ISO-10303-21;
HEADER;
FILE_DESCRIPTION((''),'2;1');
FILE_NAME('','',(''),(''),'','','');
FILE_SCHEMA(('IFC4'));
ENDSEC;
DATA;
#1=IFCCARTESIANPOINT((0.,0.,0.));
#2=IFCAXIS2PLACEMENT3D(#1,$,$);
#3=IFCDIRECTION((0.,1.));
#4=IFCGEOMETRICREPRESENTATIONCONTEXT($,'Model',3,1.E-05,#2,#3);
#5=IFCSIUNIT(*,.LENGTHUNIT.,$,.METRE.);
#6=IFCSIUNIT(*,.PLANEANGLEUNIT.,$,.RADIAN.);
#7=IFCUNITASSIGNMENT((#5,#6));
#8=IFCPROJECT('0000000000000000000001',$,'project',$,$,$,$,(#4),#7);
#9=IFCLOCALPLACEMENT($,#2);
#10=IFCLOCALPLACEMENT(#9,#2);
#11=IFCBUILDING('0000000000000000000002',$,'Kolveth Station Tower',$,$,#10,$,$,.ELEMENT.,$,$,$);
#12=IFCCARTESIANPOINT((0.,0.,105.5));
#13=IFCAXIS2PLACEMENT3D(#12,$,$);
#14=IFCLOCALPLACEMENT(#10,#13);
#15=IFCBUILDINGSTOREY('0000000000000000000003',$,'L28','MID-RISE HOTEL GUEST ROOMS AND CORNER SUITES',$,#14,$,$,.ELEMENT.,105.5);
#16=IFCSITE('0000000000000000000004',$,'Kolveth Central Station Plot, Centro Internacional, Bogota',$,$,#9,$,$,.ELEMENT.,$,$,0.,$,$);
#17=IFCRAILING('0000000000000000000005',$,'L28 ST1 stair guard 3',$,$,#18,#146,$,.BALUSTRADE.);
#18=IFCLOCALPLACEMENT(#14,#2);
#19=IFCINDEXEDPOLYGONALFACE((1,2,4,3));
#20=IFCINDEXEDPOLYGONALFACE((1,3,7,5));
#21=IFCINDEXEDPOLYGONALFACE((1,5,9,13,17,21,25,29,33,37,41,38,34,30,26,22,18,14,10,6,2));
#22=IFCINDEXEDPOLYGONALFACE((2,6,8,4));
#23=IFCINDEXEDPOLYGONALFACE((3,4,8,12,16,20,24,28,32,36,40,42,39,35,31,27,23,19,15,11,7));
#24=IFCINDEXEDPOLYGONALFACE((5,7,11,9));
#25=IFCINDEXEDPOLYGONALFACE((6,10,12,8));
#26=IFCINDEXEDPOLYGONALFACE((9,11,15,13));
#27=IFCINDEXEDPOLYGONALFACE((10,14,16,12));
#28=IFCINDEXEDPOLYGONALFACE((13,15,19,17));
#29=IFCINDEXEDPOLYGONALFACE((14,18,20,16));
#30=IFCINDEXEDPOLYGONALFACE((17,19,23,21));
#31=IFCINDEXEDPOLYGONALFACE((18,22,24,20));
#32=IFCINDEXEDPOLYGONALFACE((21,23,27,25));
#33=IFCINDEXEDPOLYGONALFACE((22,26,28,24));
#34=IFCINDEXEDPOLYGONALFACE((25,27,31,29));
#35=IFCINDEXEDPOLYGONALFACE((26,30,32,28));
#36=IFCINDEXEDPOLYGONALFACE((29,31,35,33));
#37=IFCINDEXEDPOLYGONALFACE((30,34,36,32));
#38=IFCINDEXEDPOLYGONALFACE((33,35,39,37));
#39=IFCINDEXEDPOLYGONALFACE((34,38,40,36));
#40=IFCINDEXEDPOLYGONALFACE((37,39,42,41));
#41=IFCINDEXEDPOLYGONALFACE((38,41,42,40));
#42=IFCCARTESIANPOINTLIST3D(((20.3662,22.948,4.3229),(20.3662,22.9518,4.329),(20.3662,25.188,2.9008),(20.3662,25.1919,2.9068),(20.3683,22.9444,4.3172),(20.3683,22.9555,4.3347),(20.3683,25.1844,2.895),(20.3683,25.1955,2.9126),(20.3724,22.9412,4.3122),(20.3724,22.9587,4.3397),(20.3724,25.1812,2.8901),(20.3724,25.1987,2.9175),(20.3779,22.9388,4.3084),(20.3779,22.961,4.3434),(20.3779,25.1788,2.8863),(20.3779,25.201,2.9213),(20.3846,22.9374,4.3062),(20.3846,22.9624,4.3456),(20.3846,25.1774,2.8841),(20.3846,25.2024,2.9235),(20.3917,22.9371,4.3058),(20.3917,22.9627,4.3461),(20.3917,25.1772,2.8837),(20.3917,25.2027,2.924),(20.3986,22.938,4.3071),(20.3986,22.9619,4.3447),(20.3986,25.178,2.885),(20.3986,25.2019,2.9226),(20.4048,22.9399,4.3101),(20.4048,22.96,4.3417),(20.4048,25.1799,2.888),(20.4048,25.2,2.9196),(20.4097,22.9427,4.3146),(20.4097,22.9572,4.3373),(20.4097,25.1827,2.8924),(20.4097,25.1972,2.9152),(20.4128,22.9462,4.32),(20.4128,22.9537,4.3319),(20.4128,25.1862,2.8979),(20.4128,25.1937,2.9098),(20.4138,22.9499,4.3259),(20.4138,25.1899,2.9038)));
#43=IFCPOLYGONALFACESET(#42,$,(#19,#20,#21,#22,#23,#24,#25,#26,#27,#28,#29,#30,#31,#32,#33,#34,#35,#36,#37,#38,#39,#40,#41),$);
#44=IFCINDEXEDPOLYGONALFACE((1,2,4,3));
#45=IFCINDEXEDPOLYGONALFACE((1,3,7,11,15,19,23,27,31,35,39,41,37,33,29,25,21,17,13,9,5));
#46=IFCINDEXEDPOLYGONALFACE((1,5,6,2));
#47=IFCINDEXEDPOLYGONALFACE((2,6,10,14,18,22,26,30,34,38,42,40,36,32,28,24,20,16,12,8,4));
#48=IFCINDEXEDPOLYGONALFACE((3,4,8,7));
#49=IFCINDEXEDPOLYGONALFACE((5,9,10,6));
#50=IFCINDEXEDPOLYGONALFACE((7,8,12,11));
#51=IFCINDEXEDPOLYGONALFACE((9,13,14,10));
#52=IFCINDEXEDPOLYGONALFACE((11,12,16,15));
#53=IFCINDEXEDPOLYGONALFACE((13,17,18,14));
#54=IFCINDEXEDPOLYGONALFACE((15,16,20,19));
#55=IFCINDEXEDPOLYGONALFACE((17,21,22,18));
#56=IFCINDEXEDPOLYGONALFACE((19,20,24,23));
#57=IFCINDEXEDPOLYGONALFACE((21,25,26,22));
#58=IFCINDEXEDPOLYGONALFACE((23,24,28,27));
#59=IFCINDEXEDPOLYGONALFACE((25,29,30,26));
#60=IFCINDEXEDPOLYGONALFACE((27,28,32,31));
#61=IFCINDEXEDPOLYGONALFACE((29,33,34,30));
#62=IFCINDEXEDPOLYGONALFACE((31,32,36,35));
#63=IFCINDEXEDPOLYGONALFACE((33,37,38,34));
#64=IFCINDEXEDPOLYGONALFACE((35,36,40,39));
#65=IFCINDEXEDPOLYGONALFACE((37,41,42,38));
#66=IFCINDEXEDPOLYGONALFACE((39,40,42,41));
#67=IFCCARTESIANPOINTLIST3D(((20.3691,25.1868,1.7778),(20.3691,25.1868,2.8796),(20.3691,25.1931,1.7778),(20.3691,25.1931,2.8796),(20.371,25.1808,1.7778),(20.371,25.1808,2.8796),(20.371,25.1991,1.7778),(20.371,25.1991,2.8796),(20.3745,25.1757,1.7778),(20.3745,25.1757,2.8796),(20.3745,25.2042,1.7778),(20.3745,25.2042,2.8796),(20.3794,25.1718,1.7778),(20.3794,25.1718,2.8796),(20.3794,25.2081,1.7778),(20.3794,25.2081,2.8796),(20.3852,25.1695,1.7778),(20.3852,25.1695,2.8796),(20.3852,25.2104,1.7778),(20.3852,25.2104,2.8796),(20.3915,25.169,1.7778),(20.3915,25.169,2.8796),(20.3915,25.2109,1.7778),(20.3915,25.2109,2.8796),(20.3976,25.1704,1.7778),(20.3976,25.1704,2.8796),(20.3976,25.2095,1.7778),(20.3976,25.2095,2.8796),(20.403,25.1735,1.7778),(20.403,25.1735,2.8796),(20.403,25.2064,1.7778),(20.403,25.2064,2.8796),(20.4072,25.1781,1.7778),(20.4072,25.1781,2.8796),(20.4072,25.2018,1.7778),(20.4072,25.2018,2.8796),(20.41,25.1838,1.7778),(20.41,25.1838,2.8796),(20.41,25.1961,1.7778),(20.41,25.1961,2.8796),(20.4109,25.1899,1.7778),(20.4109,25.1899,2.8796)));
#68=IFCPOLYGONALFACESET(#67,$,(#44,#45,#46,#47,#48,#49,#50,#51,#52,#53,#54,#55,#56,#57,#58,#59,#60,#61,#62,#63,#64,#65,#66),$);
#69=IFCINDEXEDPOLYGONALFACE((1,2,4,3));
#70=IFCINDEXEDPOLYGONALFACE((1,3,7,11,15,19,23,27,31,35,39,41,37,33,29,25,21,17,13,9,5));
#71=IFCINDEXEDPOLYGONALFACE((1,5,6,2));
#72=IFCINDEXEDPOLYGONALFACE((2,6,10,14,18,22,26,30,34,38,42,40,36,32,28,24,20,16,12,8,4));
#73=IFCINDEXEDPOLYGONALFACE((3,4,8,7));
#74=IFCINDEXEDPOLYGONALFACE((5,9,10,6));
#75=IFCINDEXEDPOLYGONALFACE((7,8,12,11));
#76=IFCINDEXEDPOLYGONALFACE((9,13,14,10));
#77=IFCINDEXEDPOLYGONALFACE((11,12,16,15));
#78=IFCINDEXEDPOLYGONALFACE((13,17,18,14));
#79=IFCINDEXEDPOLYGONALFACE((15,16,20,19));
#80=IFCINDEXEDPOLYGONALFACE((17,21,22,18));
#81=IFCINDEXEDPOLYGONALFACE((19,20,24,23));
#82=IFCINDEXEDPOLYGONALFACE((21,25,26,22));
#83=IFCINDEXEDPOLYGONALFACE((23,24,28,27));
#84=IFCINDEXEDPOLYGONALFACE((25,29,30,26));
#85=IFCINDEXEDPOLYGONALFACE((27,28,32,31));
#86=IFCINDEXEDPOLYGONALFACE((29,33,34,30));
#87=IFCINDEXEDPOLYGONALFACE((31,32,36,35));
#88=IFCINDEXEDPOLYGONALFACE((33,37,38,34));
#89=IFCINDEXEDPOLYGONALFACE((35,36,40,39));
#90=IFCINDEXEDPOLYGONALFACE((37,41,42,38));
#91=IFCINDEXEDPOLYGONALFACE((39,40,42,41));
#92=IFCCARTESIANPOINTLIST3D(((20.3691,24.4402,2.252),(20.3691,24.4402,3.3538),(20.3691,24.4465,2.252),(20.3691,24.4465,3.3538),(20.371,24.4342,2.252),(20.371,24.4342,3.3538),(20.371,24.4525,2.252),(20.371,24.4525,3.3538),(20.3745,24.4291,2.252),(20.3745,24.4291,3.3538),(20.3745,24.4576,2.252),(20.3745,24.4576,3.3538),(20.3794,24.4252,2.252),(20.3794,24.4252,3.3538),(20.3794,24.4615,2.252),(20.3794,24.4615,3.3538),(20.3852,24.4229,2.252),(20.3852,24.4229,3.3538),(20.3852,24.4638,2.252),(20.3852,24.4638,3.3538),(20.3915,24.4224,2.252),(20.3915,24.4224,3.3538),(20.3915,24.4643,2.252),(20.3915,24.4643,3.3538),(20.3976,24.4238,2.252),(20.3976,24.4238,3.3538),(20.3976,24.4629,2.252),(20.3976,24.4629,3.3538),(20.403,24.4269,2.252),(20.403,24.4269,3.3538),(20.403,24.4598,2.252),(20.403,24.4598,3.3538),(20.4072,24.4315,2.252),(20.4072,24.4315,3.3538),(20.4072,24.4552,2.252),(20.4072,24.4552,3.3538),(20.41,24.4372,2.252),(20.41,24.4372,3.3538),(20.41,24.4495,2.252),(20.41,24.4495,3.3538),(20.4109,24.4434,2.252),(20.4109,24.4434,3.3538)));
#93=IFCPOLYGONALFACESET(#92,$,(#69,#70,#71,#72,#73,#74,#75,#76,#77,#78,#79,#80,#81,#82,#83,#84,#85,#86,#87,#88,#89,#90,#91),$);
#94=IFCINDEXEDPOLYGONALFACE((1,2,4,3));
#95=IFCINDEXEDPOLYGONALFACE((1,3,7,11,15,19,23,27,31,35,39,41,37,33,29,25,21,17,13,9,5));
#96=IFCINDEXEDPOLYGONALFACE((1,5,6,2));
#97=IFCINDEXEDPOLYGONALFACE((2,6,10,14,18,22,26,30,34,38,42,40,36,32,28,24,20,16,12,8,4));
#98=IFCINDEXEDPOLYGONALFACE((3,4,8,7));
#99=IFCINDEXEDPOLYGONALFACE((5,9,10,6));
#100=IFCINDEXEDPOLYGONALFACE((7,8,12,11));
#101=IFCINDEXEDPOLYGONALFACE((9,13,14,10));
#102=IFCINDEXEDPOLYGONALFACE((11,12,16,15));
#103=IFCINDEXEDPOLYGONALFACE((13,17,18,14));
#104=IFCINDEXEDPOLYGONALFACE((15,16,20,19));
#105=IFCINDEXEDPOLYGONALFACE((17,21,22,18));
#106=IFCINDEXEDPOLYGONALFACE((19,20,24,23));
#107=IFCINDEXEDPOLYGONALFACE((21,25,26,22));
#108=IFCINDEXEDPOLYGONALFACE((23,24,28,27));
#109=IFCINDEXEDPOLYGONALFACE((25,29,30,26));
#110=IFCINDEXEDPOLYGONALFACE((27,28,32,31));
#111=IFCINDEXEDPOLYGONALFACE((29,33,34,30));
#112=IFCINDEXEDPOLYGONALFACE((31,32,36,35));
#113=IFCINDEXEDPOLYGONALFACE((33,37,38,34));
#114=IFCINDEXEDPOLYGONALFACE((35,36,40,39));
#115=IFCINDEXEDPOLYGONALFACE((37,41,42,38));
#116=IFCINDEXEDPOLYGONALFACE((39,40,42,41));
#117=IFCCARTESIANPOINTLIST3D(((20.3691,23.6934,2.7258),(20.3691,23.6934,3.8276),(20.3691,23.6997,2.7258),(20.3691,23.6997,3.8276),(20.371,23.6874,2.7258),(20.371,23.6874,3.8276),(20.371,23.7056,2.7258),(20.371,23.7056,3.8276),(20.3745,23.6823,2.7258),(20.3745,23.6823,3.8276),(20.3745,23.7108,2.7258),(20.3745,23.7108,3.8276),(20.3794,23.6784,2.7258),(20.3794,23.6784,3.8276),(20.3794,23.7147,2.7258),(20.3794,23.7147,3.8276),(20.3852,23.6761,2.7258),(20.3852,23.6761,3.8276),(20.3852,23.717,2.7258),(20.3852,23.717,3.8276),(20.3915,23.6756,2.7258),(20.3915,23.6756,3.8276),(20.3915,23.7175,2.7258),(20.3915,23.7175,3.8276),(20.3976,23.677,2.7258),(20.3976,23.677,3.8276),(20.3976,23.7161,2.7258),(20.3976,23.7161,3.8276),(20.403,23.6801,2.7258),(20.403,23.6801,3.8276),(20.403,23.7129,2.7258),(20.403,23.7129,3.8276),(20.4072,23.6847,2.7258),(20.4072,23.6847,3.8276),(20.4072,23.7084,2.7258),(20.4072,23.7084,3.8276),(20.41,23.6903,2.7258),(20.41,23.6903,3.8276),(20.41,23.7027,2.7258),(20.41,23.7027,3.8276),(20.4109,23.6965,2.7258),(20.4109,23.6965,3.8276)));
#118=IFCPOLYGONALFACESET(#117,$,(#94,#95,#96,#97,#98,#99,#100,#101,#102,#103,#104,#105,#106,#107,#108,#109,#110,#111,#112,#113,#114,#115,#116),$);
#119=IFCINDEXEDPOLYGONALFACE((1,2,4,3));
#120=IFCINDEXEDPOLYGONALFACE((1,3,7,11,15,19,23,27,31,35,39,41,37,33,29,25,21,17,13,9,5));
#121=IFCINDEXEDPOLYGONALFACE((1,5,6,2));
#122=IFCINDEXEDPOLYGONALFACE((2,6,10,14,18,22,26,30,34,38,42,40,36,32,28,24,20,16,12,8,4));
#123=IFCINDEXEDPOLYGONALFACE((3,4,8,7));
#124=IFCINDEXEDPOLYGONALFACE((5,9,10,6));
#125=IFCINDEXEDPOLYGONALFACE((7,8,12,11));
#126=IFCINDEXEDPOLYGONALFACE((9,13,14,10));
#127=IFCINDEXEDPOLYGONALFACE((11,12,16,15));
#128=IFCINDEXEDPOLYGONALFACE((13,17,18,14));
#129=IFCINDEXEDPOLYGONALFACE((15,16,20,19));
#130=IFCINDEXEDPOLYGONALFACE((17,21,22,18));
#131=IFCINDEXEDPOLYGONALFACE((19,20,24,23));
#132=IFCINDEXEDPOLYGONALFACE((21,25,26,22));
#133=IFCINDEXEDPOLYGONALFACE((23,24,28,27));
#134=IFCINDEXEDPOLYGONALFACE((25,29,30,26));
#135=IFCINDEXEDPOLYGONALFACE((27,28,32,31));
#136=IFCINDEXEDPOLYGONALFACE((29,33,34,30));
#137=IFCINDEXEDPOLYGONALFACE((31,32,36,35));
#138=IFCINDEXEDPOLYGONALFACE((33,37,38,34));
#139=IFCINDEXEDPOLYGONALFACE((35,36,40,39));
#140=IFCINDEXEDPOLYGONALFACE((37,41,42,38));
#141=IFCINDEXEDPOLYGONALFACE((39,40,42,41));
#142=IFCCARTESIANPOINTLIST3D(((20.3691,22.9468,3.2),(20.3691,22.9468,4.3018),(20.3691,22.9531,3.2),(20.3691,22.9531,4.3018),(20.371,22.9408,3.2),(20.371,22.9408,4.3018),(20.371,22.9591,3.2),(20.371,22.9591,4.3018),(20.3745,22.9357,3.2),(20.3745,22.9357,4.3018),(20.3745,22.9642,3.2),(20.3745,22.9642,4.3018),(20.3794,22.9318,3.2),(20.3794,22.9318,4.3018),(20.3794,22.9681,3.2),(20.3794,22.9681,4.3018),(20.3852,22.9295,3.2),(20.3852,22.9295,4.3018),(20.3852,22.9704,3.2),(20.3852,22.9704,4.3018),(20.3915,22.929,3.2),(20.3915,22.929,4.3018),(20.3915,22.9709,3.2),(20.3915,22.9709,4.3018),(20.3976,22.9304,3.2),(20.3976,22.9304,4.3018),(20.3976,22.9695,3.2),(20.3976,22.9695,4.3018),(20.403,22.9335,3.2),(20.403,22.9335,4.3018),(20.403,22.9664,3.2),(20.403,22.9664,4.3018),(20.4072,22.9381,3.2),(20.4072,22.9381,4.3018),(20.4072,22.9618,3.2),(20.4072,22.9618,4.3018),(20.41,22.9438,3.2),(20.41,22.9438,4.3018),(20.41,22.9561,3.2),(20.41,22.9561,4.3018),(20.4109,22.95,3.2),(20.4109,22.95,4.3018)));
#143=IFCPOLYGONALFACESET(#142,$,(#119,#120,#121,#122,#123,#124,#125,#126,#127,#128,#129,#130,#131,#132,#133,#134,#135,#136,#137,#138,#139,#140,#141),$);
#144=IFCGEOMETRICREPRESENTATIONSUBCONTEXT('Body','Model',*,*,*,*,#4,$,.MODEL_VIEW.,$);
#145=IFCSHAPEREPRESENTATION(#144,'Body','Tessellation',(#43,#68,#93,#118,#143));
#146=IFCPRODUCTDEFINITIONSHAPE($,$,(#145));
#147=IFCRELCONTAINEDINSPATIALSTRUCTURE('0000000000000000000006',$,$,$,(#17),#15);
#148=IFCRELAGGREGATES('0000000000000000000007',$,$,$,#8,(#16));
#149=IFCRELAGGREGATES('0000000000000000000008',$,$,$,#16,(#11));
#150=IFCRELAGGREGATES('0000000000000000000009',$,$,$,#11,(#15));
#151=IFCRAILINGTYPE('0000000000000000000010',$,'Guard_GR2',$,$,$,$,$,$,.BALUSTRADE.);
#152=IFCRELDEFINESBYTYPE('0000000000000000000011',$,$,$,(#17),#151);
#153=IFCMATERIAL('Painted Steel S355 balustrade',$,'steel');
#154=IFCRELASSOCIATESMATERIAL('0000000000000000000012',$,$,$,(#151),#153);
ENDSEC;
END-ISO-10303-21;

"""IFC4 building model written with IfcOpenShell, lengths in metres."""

from ifc_helpers import new_model, si_unit, direction, frame, origin, origin_2d, place, context, subcontext, project, spatial, circle, extrude, material, type_object, element, save


model = new_model("IFC4")

# Units and contexts
model_context = context("Model", 3, precision=1e-05, world=origin(), true_north=direction((0.0, 1.0)))
body_context = subcontext(model_context, "Body", "Model", "MODEL_VIEW")
ifc_project = project(units=[si_unit("LENGTHUNIT", "METRE"), si_unit("PLANEANGLEUNIT", "RADIAN")], contexts=[model_context])

# Site, building, storey
site_placement = place(None, origin())
site = spatial("IfcSite", under=ifc_project, at=site_placement, Name="Kolveth Central Station Plot, Centro Internacional, Bogota", CompositionType="ELEMENT", RefElevation=0.0)
building_placement = place(site_placement, origin())
building = spatial("IfcBuilding", under=site, at=building_placement, Name="Kolveth Station Tower", CompositionType="ELEMENT")
storey_placement = place(building_placement, frame((0.0, 0.0, 105.5)))
storey = spatial("IfcBuildingStorey", under=building, at=storey_placement, Name="L28", Description="MID-RISE HOTEL GUEST ROOMS AND CORNER SUITES", CompositionType="ELEMENT", Elevation=105.5)

# Railing
ifc_material_1 = material(Name="Painted Steel S355 balustrade", Category="steel")
railing_type_1 = type_object("IfcRailingType", Name="Guard_GR2", PredefinedType="BALUSTRADE", material=ifc_material_1)
railing_1_placement = place(storey_placement, frame((20.3899, 25.1899, 1.7778)))
element("IfcRailing", 1, at=railing_1_placement, inside=storey, type_object=railing_type_1, Name="L28 ST1 stair guard 3", PredefinedType="BALUSTRADE", context=body_context, shape_type="SweptSolid", body=[
    extrude(circle(Radius=0.0239, at=origin_2d()), frame((0.0, 0.0, 1.126), z_axis=(0.0, -0.844229, 0.535982), x_axis=(1.0, 0.0, 0.0)), (0.0, 0.0, 1.0), 2.6533),
    extrude(circle(Radius=0.021, at=origin_2d()), origin(), (0.0, 0.0, 1.0), 1.1018),
    extrude(circle(Radius=0.021, at=origin_2d()), frame((0.0, -0.7466, 0.4741)), (0.0, 0.0, 1.0), 1.1018),
    extrude(circle(Radius=0.021, at=origin_2d()), frame((0.0, -1.4934, 0.948)), (0.0, 0.0, 1.0), 1.1018),
    extrude(circle(Radius=0.021, at=origin_2d()), frame((0.0, -2.24, 1.4221)), (0.0, 0.0, 1.0), 1.1018),
])

save(model, "model.ifc")
